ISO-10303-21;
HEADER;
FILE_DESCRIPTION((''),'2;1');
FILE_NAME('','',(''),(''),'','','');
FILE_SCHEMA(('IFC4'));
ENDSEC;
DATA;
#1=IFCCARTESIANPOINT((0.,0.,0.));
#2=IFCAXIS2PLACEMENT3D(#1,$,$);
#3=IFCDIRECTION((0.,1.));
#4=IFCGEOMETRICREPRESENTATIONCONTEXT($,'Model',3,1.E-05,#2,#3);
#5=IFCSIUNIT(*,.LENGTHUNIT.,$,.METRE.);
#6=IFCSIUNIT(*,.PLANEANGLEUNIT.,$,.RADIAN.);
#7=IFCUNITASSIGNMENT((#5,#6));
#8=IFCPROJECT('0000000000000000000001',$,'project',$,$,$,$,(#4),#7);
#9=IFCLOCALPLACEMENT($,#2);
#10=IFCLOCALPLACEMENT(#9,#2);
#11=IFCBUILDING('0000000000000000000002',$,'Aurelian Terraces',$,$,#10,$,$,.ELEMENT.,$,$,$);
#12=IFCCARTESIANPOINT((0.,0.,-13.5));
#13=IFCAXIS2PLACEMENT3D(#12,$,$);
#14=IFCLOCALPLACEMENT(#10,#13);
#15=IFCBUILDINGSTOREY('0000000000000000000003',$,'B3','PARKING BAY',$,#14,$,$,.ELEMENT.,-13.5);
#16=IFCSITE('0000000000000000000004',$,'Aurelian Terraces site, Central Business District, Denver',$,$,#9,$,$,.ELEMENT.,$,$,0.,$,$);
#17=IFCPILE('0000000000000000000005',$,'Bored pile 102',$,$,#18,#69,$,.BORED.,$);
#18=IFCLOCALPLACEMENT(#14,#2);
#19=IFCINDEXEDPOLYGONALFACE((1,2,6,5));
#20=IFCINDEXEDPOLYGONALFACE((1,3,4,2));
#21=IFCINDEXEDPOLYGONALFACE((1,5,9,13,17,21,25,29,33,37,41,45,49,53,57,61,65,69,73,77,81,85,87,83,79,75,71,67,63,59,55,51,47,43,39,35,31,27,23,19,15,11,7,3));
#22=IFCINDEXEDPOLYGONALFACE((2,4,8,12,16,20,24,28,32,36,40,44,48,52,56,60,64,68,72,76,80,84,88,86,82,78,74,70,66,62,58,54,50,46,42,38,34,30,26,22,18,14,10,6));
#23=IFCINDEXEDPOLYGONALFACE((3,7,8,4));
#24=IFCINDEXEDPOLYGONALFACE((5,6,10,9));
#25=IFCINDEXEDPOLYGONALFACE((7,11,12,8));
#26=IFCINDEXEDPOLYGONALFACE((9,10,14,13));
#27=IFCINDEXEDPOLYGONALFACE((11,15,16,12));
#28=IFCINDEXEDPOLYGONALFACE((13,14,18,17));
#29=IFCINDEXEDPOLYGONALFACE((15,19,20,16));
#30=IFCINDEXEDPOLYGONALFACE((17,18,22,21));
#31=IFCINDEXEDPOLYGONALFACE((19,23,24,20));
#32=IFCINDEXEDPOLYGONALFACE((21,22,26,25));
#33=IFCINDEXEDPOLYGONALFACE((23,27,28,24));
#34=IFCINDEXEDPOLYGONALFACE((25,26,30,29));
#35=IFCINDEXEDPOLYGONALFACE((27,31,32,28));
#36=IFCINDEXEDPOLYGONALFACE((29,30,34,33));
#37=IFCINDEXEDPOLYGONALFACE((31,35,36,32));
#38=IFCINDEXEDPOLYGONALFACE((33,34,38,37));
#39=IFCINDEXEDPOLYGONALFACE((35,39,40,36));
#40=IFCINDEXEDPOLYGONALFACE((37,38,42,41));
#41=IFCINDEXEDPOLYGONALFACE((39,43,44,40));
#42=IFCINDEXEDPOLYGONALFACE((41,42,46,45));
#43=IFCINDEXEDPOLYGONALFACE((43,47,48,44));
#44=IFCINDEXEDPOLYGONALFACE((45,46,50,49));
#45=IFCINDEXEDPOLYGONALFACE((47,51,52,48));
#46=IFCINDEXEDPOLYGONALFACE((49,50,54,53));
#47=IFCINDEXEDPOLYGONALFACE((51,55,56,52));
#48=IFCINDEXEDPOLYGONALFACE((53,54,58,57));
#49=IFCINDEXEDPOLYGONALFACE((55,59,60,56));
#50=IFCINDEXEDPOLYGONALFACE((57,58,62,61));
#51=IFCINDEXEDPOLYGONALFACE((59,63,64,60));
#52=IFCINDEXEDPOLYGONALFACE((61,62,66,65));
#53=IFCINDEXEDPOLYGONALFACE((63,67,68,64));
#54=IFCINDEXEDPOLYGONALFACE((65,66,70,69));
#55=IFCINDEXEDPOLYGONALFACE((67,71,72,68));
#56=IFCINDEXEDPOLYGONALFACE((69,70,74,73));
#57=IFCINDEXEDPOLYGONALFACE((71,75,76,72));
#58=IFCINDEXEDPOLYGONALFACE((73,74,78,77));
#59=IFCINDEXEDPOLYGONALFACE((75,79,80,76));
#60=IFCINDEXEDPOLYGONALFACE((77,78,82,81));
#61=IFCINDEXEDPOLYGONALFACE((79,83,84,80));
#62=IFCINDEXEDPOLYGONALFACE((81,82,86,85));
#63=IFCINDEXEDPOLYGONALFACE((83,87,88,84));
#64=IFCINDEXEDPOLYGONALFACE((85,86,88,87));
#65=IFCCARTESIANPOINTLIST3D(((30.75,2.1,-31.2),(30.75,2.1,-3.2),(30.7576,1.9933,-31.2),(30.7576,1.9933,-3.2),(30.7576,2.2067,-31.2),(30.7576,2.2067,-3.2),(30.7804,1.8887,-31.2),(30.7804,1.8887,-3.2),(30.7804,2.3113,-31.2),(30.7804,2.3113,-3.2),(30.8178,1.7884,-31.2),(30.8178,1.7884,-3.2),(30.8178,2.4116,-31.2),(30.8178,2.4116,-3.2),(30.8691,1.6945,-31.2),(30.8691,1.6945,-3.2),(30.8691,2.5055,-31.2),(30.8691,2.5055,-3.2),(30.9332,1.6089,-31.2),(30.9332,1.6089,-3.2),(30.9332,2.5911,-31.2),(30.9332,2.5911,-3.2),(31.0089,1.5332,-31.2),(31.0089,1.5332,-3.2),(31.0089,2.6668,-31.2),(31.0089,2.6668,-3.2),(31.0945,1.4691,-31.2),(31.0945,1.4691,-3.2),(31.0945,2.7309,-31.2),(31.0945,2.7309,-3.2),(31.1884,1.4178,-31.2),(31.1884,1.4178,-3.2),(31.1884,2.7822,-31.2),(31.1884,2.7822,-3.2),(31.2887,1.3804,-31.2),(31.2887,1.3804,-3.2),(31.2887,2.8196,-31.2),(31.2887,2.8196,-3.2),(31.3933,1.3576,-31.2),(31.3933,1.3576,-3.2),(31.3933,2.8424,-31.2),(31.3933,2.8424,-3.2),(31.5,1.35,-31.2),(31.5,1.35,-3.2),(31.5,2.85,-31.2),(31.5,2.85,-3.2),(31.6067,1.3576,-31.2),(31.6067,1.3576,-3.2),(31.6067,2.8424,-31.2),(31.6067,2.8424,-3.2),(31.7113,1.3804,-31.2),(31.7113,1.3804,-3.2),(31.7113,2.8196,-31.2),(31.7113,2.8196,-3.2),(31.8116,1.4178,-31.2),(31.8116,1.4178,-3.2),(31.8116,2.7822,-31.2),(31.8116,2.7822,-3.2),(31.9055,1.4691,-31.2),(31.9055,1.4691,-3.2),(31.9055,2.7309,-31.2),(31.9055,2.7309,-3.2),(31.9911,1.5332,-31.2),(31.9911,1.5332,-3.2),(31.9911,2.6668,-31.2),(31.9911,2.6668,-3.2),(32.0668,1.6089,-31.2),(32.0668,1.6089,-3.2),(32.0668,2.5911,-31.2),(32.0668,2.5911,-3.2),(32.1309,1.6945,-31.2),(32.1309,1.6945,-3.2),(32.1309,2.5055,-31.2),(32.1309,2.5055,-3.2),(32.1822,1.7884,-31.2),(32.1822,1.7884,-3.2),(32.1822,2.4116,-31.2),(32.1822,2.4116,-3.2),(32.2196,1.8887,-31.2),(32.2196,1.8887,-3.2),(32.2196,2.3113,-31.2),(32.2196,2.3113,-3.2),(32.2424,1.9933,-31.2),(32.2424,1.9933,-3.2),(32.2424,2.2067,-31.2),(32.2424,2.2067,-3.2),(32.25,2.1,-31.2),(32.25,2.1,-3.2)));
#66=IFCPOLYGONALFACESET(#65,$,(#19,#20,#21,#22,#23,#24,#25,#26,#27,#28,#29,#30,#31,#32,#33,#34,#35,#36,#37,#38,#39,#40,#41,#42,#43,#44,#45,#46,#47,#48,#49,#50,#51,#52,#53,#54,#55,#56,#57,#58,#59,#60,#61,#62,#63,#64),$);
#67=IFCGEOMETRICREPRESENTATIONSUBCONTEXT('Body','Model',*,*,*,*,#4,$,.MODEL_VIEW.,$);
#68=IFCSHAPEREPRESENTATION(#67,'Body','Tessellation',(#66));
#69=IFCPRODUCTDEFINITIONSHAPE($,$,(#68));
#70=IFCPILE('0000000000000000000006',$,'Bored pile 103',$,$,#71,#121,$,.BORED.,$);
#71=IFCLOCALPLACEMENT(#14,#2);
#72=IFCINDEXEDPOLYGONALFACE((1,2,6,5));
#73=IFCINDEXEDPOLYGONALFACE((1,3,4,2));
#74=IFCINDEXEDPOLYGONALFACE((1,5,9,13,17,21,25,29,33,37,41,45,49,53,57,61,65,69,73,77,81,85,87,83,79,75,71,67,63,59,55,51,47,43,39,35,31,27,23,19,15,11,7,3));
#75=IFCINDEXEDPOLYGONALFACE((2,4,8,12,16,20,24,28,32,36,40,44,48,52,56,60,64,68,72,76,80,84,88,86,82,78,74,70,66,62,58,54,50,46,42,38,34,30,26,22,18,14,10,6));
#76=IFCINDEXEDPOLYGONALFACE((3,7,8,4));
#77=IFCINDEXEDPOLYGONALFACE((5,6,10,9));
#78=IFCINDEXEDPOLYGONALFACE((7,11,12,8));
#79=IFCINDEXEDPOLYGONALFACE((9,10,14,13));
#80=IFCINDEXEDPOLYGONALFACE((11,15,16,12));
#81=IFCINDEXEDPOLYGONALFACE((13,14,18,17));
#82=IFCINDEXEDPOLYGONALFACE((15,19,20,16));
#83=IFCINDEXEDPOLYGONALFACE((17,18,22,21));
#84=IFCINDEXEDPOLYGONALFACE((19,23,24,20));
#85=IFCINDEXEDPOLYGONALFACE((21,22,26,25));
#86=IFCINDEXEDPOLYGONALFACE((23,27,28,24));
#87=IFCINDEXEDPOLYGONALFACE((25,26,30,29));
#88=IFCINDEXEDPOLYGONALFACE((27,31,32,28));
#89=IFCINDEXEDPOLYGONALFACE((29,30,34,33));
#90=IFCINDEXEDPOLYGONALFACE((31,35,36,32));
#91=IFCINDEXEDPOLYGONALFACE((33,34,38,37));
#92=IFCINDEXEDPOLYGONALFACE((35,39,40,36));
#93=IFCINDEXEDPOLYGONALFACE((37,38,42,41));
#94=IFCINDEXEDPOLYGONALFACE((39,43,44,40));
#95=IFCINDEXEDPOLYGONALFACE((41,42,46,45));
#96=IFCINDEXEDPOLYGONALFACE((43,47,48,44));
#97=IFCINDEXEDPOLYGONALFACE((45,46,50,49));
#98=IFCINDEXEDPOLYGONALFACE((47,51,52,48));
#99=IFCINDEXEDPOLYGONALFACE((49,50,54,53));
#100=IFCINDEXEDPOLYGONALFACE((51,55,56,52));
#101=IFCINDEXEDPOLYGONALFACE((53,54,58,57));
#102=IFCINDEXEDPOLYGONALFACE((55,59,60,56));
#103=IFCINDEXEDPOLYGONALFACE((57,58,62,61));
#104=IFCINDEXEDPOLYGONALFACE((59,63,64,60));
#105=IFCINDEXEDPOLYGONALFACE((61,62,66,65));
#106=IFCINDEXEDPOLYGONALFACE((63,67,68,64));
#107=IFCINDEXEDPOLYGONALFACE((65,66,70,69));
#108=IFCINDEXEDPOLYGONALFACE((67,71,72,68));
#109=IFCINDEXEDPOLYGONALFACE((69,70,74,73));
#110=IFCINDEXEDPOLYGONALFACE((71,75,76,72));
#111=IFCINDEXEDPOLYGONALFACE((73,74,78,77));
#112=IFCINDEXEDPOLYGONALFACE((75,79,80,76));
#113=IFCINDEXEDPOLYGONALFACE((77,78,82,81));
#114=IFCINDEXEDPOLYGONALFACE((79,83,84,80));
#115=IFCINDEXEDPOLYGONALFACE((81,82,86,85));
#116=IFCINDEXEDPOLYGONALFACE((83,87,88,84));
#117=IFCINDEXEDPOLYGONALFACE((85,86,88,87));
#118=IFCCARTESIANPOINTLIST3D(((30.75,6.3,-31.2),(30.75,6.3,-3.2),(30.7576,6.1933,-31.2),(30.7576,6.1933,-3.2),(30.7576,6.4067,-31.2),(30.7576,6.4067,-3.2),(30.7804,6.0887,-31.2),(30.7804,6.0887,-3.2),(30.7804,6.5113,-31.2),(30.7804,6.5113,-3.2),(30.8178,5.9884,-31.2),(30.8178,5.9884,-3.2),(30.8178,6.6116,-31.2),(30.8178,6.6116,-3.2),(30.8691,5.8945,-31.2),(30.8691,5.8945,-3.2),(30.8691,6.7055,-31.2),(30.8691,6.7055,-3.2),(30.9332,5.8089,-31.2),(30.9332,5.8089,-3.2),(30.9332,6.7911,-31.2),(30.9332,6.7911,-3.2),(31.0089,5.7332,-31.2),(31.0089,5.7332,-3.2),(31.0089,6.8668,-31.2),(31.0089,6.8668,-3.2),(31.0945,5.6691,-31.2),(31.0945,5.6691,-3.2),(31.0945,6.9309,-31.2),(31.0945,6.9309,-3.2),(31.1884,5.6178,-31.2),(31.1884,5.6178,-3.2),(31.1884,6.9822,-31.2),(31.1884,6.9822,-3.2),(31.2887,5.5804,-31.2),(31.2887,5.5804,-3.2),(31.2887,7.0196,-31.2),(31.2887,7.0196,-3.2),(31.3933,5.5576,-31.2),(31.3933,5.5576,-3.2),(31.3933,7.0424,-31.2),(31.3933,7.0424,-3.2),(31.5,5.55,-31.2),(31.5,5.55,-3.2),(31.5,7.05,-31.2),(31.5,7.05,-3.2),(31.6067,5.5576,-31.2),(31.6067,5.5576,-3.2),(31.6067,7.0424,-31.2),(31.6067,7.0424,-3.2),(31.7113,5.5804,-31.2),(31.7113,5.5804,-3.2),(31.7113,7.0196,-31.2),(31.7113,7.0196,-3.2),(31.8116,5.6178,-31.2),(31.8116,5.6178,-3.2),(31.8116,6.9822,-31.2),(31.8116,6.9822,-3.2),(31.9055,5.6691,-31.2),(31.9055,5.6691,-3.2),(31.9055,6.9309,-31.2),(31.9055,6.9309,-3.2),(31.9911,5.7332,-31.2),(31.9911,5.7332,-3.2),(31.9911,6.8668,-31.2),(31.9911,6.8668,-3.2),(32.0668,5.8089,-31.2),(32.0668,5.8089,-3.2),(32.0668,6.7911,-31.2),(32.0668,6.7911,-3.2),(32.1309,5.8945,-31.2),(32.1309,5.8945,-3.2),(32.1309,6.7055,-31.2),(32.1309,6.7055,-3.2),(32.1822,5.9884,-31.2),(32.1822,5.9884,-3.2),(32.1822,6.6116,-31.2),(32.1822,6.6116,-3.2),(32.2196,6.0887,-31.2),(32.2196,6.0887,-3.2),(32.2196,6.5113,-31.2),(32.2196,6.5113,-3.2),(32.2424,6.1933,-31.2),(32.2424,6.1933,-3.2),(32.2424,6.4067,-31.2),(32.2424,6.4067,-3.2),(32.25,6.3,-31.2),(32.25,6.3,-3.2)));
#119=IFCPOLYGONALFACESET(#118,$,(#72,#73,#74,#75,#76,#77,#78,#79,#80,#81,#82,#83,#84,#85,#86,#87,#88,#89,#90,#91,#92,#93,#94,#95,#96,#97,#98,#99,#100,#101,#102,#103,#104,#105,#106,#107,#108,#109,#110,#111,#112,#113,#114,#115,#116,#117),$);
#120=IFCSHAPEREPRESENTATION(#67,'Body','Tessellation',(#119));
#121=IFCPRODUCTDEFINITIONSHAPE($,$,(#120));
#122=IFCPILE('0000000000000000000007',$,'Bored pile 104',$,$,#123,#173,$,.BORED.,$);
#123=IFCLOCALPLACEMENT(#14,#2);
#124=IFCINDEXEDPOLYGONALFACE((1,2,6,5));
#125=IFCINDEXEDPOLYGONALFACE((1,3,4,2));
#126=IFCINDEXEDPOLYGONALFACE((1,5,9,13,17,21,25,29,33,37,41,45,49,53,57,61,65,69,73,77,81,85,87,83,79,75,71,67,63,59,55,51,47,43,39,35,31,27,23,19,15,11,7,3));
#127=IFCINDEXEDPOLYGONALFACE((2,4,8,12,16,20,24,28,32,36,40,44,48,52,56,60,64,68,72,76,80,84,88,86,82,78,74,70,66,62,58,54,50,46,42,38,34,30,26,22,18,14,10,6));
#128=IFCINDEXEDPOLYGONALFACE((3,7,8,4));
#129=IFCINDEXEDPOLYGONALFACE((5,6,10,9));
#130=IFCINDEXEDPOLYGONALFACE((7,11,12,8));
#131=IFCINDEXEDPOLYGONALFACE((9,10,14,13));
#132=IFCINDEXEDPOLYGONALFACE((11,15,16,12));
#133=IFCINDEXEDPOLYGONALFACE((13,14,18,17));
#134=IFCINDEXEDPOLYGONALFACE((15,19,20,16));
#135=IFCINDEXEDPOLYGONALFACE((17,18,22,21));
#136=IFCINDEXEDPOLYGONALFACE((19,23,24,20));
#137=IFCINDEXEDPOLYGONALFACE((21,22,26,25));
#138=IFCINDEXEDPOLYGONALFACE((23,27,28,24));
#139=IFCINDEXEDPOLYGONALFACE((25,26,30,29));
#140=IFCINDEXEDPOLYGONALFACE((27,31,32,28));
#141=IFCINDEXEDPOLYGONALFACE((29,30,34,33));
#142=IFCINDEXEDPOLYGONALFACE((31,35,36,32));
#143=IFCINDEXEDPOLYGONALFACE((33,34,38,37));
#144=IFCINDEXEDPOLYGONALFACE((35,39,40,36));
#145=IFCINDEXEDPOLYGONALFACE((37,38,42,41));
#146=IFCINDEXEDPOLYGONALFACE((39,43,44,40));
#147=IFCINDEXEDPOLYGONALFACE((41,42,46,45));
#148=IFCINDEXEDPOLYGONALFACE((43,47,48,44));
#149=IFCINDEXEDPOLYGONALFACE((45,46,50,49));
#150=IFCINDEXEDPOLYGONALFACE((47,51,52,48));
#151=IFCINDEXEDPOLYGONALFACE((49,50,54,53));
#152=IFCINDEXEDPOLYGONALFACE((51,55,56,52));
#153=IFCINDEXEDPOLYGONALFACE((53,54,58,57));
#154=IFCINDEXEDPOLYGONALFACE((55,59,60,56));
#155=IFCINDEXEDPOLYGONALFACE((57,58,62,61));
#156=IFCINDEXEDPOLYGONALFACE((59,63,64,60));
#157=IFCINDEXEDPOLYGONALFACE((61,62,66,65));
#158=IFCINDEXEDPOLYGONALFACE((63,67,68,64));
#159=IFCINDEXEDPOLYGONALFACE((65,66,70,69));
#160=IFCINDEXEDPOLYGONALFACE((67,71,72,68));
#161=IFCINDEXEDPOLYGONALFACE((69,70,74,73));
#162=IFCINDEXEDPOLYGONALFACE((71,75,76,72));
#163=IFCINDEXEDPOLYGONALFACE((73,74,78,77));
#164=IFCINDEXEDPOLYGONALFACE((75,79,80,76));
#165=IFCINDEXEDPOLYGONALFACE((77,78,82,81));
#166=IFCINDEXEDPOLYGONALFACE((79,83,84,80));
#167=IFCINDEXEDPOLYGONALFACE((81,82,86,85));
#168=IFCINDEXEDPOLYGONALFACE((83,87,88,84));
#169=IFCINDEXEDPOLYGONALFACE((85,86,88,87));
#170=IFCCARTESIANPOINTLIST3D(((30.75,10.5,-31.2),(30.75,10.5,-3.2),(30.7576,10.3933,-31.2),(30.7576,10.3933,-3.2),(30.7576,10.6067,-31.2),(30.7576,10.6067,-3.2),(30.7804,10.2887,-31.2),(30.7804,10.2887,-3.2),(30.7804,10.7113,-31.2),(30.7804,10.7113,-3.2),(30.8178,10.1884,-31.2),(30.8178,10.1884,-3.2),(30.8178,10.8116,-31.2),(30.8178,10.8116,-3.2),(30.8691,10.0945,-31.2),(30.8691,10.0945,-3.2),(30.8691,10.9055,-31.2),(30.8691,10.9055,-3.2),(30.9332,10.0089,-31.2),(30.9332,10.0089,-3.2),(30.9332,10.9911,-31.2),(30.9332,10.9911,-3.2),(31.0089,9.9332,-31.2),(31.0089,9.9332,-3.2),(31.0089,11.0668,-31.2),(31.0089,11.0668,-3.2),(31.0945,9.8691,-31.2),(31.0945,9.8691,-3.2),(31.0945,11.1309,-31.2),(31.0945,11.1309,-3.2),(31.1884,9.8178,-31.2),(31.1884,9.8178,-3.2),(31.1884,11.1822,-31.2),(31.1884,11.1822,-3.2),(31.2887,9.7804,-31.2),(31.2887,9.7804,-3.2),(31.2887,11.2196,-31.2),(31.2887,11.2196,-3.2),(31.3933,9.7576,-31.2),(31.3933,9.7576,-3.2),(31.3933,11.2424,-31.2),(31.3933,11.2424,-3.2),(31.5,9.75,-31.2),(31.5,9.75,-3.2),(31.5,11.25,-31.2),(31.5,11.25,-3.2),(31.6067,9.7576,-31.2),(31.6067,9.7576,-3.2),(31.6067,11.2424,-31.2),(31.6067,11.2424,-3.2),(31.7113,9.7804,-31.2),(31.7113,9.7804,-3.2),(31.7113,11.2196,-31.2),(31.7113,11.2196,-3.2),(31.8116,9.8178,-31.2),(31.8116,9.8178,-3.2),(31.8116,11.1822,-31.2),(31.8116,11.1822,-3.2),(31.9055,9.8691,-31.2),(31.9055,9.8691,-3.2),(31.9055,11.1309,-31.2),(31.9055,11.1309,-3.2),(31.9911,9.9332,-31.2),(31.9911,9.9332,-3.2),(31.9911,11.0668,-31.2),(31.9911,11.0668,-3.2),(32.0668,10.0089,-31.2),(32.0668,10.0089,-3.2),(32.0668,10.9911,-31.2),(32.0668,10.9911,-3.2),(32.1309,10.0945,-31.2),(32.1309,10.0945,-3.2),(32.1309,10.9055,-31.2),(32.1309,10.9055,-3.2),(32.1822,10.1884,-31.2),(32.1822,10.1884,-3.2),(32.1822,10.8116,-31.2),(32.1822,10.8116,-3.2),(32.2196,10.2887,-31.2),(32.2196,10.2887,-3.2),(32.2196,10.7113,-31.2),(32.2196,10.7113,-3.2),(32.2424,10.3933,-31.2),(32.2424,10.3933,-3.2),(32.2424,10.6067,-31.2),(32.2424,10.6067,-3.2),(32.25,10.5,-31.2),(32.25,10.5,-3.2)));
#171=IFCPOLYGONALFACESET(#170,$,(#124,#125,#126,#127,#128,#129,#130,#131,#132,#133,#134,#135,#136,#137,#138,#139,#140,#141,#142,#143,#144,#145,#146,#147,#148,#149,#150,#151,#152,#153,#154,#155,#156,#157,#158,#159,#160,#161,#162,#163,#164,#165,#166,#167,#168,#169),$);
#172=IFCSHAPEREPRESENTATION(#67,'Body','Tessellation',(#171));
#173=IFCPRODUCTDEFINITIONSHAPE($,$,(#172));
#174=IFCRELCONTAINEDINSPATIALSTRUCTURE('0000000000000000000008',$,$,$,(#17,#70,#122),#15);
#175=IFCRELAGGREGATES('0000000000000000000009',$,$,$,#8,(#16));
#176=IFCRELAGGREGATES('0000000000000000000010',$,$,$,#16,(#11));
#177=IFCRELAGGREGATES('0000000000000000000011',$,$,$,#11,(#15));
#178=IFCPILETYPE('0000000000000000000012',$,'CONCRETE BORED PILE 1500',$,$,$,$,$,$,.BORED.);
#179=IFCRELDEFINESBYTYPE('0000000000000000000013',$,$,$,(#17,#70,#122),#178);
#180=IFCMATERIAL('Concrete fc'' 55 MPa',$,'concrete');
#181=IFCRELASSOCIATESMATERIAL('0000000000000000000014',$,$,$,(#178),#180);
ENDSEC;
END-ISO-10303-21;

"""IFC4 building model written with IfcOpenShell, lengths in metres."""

from ifc_helpers import new_model, si_unit, direction, frame, origin, origin_2d, place, context, subcontext, project, spatial, circle, extrude, source, transform, mapped, material, material_profile, profile_set, type_object, element, save


model = new_model("IFC4")

# Units and contexts
model_context = context("Model", 3, precision=1e-05, world=origin(), true_north=direction((0.0, 1.0)))
body_context = subcontext(model_context, "Body", "Model", "MODEL_VIEW")
ifc_project = project(units=[si_unit("LENGTHUNIT", "METRE"), si_unit("PLANEANGLEUNIT", "RADIAN")], contexts=[model_context])

# Site, building, storey
site_placement = place(None, origin())
site = spatial("IfcSite", under=ifc_project, at=site_placement, Name="Aurelian Terraces site, Central Business District, Denver", CompositionType="ELEMENT", RefElevation=0.0)
building_placement = place(site_placement, origin())
building = spatial("IfcBuilding", under=site, at=building_placement, Name="Aurelian Terraces", CompositionType="ELEMENT")
storey_placement = place(building_placement, frame((0.0, 0.0, -13.5)))
storey = spatial("IfcBuildingStorey", under=building, at=storey_placement, Name="B3", Description="PARKING BAY", CompositionType="ELEMENT", Elevation=-13.5)

# Piles
ifc_material_1 = material(Name="Concrete fc' 55 MPa", Category="concrete")
ifc_material_profile_1 = material_profile(ifc_material_1, circle(Radius=0.75, at=origin_2d()))
ifc_profile_set_1 = profile_set([ifc_material_profile_1], Name="Concrete fc' 55 MPa")
pile_type = type_object("IfcPileType", Name="CONCRETE BORED PILE 1500", PredefinedType="BORED", material=ifc_profile_set_1)
shared_shape_1 = source(origin(), body_context, "Body", "SweptSolid", [
    extrude(circle(Radius=0.75, at=origin_2d()), origin(), (0.0, 0.0, 1.0), 28.0),
])
for number, where, z_axis, x_axis, name in (
    (1, (31.5, 2.1, -3.2), (0.0, 0.0, -1.0), (1.0, 0.0, 0.0), "Bored pile 102"),
    (2, (31.5, 6.3, -3.2), (0.0, 0.0, -1.0), (1.0, 0.0, 0.0), "Bored pile 103"),
    (3, (31.5, 10.5, -3.2), (0.0, 0.0, -1.0), (1.0, 0.0, 0.0), "Bored pile 104"),
):
    element("IfcPile", number, at=place(storey_placement, frame(where, z_axis=z_axis, x_axis=x_axis)), inside=storey, type_object=pile_type, Name=name, PredefinedType="BORED", context=body_context, shape_type="MappedRepresentation", body=[
        mapped(shared_shape_1, transform((0.0, 0.0, 0.0), scale=1.0)),
    ])

save(model, "model.ifc")
